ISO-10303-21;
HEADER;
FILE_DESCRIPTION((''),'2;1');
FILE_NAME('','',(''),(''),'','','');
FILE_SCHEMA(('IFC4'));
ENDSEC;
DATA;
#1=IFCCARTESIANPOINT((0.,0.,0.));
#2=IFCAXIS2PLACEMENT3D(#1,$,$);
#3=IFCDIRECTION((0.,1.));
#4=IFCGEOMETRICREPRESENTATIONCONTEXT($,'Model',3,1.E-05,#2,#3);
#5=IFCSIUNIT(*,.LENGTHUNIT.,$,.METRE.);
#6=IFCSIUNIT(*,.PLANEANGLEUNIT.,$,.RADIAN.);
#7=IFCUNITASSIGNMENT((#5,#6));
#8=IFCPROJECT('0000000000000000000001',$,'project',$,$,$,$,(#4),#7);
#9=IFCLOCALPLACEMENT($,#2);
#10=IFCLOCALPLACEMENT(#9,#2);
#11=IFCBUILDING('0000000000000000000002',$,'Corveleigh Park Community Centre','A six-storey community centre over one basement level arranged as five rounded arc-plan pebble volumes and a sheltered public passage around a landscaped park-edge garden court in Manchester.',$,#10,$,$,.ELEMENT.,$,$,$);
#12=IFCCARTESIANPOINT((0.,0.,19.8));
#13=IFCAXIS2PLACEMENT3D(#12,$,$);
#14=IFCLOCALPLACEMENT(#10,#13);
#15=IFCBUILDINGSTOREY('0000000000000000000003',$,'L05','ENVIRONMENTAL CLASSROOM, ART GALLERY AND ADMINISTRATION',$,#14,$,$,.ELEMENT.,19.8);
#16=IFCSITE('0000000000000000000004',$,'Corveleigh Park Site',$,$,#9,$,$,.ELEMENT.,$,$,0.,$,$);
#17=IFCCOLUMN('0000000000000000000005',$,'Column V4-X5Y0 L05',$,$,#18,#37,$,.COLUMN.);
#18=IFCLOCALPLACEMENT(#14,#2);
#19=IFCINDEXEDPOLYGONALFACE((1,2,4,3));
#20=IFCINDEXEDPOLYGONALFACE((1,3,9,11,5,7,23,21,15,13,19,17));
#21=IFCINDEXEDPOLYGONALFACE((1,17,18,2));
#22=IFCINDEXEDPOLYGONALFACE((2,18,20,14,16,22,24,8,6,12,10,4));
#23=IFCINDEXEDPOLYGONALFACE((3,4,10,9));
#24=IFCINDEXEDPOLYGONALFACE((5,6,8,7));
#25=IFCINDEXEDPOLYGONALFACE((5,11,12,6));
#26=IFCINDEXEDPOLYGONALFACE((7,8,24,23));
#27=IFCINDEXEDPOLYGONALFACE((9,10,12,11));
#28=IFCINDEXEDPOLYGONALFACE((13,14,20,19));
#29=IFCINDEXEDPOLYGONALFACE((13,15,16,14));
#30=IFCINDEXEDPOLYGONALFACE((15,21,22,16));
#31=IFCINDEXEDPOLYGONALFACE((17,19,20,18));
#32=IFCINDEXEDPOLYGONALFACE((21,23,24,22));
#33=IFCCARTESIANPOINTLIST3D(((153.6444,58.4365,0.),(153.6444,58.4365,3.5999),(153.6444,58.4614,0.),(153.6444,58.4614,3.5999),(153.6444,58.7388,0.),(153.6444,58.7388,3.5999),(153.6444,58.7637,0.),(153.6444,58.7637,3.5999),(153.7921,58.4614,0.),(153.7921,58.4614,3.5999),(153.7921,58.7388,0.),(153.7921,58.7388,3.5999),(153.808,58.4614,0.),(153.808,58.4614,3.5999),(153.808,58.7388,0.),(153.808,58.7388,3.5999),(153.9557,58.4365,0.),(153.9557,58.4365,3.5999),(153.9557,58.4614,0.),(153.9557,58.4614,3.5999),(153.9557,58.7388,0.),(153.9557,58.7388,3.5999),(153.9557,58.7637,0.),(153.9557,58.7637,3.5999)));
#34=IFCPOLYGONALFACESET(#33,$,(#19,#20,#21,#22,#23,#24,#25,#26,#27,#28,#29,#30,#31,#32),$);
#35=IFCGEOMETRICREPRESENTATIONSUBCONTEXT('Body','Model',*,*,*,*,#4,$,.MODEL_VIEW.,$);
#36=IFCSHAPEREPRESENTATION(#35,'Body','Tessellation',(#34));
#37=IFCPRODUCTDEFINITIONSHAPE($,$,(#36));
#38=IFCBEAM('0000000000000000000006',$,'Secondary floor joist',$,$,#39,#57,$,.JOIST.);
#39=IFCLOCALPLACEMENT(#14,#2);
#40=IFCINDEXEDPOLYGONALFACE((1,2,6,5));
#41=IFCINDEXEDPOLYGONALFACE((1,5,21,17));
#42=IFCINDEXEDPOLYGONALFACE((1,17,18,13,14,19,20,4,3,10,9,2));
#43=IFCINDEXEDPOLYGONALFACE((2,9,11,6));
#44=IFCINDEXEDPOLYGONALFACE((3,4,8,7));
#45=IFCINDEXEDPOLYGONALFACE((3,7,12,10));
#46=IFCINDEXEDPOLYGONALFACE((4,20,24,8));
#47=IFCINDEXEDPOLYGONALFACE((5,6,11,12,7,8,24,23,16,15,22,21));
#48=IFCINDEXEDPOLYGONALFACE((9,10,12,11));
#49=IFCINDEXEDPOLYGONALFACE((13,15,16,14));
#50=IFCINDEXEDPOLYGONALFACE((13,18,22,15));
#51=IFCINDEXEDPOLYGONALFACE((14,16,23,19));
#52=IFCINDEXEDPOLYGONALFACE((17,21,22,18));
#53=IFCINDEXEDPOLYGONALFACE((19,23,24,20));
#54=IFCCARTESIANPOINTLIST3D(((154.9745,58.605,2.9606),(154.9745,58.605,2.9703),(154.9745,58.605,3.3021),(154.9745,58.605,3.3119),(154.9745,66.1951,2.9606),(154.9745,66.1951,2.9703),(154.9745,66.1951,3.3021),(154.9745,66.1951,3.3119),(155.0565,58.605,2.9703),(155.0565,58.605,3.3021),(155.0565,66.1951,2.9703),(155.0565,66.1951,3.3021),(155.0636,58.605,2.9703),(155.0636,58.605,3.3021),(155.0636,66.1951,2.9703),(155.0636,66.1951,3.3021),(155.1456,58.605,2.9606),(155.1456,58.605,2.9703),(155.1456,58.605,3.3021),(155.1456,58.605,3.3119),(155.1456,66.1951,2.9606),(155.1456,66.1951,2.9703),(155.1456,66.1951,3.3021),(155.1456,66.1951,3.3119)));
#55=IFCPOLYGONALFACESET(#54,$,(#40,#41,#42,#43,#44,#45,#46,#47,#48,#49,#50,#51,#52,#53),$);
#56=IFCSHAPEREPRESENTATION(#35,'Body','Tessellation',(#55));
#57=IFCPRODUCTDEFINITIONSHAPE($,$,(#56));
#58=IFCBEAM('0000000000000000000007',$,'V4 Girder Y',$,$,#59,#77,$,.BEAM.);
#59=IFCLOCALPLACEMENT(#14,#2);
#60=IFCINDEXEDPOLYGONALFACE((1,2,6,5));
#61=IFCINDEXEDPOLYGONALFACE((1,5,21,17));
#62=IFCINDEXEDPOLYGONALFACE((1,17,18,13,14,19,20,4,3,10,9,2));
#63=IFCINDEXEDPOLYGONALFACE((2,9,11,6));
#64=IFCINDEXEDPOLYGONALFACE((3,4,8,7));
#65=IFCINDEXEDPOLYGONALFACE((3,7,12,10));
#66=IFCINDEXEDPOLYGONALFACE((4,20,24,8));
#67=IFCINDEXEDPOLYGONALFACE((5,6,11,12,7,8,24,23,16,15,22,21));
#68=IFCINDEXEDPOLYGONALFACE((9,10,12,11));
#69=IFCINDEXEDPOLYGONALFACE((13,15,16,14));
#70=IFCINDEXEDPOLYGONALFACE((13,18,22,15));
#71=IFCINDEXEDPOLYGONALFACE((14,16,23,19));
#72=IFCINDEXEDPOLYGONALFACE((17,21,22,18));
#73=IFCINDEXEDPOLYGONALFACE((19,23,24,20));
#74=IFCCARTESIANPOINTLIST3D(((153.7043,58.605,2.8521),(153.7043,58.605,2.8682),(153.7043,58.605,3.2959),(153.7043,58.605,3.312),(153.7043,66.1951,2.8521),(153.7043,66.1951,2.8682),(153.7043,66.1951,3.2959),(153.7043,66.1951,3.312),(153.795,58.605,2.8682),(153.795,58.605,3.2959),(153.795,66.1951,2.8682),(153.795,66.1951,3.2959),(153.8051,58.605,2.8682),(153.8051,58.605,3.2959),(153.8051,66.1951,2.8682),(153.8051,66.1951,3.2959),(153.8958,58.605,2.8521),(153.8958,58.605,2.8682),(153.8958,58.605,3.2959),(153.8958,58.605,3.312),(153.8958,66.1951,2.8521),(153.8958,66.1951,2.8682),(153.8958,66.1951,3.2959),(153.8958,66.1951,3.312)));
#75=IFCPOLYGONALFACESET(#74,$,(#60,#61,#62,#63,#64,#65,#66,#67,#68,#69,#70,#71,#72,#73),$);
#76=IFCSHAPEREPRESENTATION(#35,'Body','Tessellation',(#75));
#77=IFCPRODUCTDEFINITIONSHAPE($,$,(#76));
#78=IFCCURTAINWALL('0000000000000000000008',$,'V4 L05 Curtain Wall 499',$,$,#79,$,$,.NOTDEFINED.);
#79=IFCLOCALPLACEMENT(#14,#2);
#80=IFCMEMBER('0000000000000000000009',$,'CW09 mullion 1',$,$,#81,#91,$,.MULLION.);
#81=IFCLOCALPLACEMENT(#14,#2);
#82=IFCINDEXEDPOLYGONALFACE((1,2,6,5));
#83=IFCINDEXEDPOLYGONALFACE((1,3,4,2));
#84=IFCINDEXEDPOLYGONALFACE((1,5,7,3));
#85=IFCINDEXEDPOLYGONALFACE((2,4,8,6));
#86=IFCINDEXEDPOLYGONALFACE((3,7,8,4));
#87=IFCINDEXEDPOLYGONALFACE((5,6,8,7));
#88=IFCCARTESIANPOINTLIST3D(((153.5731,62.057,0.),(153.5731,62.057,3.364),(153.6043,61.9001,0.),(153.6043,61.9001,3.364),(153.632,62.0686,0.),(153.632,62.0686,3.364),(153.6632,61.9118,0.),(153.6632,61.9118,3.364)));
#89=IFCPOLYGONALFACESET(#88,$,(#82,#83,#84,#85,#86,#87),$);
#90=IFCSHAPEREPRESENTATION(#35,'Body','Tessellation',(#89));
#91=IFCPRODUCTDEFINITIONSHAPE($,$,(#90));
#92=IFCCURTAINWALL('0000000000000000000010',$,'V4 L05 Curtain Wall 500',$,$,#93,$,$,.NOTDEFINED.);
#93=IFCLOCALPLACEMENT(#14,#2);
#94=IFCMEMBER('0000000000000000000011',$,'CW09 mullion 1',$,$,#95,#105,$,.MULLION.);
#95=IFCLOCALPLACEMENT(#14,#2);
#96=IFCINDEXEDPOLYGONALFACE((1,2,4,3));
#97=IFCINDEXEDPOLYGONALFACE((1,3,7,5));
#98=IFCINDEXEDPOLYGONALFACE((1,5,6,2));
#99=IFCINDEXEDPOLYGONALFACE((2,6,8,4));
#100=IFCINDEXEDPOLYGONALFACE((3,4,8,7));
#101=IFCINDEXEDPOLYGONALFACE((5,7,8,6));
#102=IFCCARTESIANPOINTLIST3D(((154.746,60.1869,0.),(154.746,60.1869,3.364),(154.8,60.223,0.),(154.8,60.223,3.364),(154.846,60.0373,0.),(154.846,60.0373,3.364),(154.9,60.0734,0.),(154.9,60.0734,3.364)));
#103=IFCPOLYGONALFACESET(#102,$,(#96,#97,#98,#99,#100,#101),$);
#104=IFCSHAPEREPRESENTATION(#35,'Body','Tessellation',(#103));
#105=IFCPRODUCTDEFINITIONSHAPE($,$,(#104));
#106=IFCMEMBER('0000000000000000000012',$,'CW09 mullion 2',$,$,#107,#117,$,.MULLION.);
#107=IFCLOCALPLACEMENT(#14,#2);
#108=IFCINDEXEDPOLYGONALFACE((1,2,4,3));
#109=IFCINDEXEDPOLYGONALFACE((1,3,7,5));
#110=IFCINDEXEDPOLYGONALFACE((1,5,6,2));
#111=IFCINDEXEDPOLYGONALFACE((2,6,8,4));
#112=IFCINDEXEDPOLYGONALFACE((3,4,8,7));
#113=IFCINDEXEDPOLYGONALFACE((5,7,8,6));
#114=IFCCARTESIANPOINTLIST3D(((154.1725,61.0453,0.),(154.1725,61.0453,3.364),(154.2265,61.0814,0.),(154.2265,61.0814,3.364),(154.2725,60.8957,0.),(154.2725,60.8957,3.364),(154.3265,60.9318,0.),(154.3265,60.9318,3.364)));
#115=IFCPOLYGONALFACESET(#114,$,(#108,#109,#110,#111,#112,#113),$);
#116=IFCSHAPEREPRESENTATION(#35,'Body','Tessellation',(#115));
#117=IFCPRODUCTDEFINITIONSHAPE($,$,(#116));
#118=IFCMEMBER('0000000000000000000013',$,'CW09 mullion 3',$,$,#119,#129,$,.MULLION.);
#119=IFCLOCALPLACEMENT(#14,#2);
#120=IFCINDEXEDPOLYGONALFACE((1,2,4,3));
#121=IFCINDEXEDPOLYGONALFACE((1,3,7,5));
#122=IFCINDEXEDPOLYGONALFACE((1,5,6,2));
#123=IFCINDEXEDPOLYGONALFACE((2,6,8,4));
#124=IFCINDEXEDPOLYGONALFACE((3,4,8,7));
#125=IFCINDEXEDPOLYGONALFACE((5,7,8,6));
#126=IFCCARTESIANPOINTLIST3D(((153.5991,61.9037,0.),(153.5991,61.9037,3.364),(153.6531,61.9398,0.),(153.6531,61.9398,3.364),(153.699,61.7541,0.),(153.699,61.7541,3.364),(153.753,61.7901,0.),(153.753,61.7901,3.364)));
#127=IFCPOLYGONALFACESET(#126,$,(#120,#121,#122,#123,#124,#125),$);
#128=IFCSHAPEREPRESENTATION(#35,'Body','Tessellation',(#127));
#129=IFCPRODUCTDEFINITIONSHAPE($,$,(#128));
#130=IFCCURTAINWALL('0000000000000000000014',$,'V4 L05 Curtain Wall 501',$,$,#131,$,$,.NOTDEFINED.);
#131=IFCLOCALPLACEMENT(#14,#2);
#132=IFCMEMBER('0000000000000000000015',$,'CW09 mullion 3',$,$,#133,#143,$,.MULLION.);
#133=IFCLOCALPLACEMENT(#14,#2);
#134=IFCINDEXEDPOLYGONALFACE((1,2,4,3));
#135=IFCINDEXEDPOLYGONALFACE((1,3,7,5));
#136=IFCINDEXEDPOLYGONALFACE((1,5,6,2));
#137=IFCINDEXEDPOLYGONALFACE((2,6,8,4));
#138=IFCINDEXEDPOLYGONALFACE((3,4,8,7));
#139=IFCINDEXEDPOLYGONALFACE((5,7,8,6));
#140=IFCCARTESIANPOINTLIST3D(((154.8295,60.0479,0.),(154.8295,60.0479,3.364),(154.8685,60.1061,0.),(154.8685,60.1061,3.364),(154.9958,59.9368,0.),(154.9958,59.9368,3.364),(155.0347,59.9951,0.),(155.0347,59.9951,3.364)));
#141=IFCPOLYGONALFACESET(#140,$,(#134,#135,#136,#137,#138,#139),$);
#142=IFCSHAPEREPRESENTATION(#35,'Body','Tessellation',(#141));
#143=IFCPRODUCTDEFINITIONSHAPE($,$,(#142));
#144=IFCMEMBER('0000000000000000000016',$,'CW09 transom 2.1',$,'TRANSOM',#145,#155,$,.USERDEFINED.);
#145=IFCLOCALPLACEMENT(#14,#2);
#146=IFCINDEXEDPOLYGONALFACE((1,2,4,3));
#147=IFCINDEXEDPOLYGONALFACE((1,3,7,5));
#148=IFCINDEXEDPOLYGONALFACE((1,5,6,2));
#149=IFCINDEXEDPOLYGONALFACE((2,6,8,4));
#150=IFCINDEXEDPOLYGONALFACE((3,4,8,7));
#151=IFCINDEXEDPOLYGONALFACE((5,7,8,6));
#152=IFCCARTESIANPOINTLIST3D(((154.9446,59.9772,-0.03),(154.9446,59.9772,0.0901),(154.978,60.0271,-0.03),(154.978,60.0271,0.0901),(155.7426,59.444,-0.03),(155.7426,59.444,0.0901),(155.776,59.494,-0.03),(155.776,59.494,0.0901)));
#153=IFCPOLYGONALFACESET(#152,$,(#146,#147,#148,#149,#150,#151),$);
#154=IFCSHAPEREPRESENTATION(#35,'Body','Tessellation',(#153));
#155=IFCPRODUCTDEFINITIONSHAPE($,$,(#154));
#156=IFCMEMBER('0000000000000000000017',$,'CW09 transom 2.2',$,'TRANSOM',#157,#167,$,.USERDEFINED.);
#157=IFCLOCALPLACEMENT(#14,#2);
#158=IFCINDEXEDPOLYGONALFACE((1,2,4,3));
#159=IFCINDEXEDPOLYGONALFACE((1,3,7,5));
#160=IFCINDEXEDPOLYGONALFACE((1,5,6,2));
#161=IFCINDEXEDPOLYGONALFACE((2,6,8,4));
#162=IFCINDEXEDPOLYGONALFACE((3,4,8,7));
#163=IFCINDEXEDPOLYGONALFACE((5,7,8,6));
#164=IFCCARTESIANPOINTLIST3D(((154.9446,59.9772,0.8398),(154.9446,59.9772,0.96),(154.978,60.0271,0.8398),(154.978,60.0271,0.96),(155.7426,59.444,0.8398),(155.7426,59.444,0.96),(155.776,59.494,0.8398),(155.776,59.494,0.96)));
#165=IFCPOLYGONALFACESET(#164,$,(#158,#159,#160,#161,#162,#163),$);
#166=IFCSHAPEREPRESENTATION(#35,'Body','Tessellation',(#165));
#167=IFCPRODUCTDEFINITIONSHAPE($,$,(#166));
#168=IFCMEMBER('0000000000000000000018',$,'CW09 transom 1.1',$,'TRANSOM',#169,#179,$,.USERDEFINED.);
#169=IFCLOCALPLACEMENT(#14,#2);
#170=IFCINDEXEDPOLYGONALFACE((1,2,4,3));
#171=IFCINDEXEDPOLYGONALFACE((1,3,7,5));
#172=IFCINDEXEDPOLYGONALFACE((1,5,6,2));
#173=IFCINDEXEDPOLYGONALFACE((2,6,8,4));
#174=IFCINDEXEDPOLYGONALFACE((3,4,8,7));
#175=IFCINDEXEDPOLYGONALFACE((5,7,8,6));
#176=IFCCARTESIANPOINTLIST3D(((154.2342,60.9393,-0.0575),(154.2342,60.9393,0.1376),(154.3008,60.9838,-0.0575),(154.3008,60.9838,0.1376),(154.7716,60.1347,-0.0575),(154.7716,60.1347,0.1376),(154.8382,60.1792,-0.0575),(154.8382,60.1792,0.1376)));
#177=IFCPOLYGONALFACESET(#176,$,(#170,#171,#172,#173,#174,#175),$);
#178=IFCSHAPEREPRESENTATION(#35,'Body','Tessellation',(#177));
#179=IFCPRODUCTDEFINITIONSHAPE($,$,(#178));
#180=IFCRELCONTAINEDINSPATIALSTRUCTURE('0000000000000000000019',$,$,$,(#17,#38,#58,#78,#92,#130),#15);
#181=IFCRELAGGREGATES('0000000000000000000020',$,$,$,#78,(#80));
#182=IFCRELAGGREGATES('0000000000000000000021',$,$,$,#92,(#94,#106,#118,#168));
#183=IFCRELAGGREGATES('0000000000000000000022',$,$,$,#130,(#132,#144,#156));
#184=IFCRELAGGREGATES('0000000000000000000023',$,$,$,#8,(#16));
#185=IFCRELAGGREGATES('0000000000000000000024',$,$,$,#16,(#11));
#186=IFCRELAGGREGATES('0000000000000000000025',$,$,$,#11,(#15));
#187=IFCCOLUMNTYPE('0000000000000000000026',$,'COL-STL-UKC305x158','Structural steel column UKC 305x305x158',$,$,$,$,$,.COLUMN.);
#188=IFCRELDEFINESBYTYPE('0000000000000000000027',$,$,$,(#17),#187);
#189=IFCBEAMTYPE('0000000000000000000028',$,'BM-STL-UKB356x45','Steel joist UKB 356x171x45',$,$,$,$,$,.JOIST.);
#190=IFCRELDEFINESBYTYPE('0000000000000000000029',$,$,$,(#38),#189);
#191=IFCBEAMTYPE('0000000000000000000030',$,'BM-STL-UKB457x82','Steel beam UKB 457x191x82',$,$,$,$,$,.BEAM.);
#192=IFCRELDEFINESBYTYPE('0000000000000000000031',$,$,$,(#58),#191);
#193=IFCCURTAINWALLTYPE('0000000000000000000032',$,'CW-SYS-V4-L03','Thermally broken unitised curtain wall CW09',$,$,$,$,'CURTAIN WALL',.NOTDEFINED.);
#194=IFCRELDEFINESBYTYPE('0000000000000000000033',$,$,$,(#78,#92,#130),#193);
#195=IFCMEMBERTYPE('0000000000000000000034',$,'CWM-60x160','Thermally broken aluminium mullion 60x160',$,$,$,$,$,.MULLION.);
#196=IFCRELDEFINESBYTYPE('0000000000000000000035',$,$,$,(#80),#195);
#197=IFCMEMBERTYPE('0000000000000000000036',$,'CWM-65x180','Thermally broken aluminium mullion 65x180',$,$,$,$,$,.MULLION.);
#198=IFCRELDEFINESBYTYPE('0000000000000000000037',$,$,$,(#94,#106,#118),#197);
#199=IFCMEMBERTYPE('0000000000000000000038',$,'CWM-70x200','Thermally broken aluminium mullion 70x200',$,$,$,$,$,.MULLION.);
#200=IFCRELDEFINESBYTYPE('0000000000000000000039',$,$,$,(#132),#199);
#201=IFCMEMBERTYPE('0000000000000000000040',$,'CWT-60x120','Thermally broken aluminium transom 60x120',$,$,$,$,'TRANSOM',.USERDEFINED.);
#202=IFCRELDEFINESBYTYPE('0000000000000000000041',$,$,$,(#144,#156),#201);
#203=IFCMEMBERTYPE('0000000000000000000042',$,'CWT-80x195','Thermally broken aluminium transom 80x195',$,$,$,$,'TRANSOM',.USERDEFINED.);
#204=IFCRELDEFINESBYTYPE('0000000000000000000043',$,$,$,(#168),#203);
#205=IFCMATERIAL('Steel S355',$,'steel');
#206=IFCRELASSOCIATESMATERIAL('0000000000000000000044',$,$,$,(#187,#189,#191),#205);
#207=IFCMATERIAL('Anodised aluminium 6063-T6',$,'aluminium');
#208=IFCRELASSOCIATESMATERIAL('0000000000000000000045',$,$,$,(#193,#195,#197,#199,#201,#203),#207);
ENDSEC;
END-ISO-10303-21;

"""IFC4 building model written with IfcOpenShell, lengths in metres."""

from ifc_helpers import new_model, si_unit, direction, frame, origin, origin_2d, place, context, subcontext, project, spatial, rectangle, i_section, extrude, material, material_profile, profile_set, type_object, element, aggregate, save


model = new_model("IFC4")

# Units and contexts
model_context = context("Model", 3, precision=1e-05, world=origin(), true_north=direction((0.0, 1.0)))
body_context = subcontext(model_context, "Body", "Model", "MODEL_VIEW")
ifc_project = project(units=[si_unit("LENGTHUNIT", "METRE"), si_unit("PLANEANGLEUNIT", "RADIAN")], contexts=[model_context])

# Site, building, storey
site_placement = place(None, origin())
site = spatial("IfcSite", under=ifc_project, at=site_placement, Name="Corveleigh Park Site", CompositionType="ELEMENT", RefElevation=0.0)
building_placement = place(site_placement, origin())
building = spatial("IfcBuilding", under=site, at=building_placement, Name="Corveleigh Park Community Centre", Description="A six-storey community centre over one basement level arranged as five rounded arc-plan pebble volumes and a sheltered public passage around a landscaped park-edge garden court in Manchester.", CompositionType="ELEMENT")
storey_placement = place(building_placement, frame((0.0, 0.0, 19.8)))
storey = spatial("IfcBuildingStorey", under=building, at=storey_placement, Name="L05", Description="ENVIRONMENTAL CLASSROOM, ART GALLERY AND ADMINISTRATION", CompositionType="ELEMENT", Elevation=19.8)

# Column
ifc_material_1 = material(Name="Steel S355", Category="steel")
ifc_material_profile_1 = material_profile(ifc_material_1, i_section(OverallWidth=0.3113, OverallDepth=0.3271, WebThickness=0.0159, FlangeThickness=0.0249, at=origin_2d()), Name="UKC 305x305x158", Category="steel")
ifc_profile_set_1 = profile_set([ifc_material_profile_1], Name="Steel S355")
column_type = type_object("IfcColumnType", Name="COL-STL-UKC305x158", Description="Structural steel column UKC 305x305x158", PredefinedType="COLUMN", material=ifc_profile_set_1)
column_placement = place(storey_placement, frame((153.8, 58.6001, 0.0), z_axis=(0.0, 0.0, 1.0), x_axis=(1.0, 0.0, 0.0)))
element("IfcColumn", 1, at=column_placement, inside=storey, type_object=column_type, Name="Column V4-X5Y0 L05", PredefinedType="COLUMN", context=body_context, shape_type="SweptSolid", body=[
    extrude(i_section(OverallWidth=0.3113, OverallDepth=0.3271, WebThickness=0.0159, FlangeThickness=0.0249, at=origin_2d()), origin(), (0.0, 0.0, 1.0), 3.5999),
])

# Beams
ifc_material_profile_2 = material_profile(ifc_material_1, i_section(OverallWidth=0.1711, OverallDepth=0.3513, WebThickness=0.0071, FlangeThickness=0.0098, at=origin_2d()), Name="UKB 356x171x45", Category="steel")
ifc_profile_set_2 = profile_set([ifc_material_profile_2], Name="Steel S355")
beam_type_1 = type_object("IfcBeamType", Name="BM-STL-UKB356x45", Description="Steel joist UKB 356x171x45", PredefinedType="JOIST", material=ifc_profile_set_2)
beam_1_placement = place(storey_placement, frame((155.0601, 58.605, 3.1362), z_axis=(0.0, 1.0, 0.0), x_axis=(-1.0, 0.0, 0.0)))
element("IfcBeam", 2, at=beam_1_placement, inside=storey, type_object=beam_type_1, Name="Secondary floor joist", PredefinedType="JOIST", context=body_context, shape_type="SweptSolid", body=[
    extrude(i_section(OverallWidth=0.1711, OverallDepth=0.3513, WebThickness=0.0071, FlangeThickness=0.0098, at=origin_2d()), origin(), (0.0, 0.0, 1.0), 7.5901),
])
ifc_material_profile_3 = material_profile(ifc_material_1, i_section(OverallWidth=0.1914, OverallDepth=0.46, WebThickness=0.01, FlangeThickness=0.0161, at=origin_2d()), Name="UKB 457x191x82", Category="steel")
ifc_profile_set_3 = profile_set([ifc_material_profile_3], Name="Steel S355")
beam_type_2 = type_object("IfcBeamType", Name="BM-STL-UKB457x82", Description="Steel beam UKB 457x191x82", PredefinedType="BEAM", material=ifc_profile_set_3)
beam_2_placement = place(storey_placement, frame((153.8, 58.605, 3.082), z_axis=(0.0, 1.0, 0.0), x_axis=(-1.0, 0.0, 0.0)))
element("IfcBeam", 3, at=beam_2_placement, inside=storey, type_object=beam_type_2, Name="V4 Girder Y", PredefinedType="BEAM", context=body_context, shape_type="SweptSolid", body=[
    extrude(i_section(OverallWidth=0.1914, OverallDepth=0.46, WebThickness=0.01, FlangeThickness=0.0161, at=origin_2d()), origin(), (0.0, 0.0, 1.0), 7.5901),
])

# Curtain wall, member
ifc_material_2 = material(Name="Anodised aluminium 6063-T6", Category="aluminium")
curtain_wall_type = type_object("IfcCurtainWallType", Name="CW-SYS-V4-L03", Description="Thermally broken unitised curtain wall CW09", ElementType="CURTAIN WALL", PredefinedType="NOTDEFINED", material=ifc_material_2)
curtain_wall_1_placement = place(storey_placement, origin())
curtain_wall_1 = element("IfcCurtainWall", 4, at=curtain_wall_1_placement, inside=storey, type_object=curtain_wall_type, Name="V4 L05 Curtain Wall 499", PredefinedType="NOTDEFINED")
ifc_material_profile_4 = material_profile(ifc_material_2, rectangle(XDim=0.0601, YDim=0.1599, at=origin_2d()), Name="ALU-M60x160", Category="aluminium")
ifc_profile_set_4 = profile_set([ifc_material_profile_4], Name="Anodised aluminium 6063-T6")
member_type_1 = type_object("IfcMemberType", Name="CWM-60x160", Description="Thermally broken aluminium mullion 60x160", PredefinedType="MULLION", material=ifc_profile_set_4)
member_1_placement = place(storey_placement, frame((153.6182, 61.9844, 0.0), z_axis=(0.0, 0.0, 1.0), x_axis=(-0.980846, -0.194784, 0.0)))
member_1 = element("IfcMember", 5, at=member_1_placement, type_object=member_type_1, Name="CW09 mullion 1", PredefinedType="MULLION", context=body_context, shape_type="SweptSolid", body=[
    extrude(rectangle(XDim=0.0601, YDim=0.1599, at=origin_2d()), origin(), (0.0, 0.0, 1.0), 3.364),
])
aggregate(curtain_wall_1, [member_1])

# Curtain walls, members
curtain_wall_2_placement = place(storey_placement, origin())
curtain_wall_2 = element("IfcCurtainWall", 6, at=curtain_wall_2_placement, inside=storey, type_object=curtain_wall_type, Name="V4 L05 Curtain Wall 500", PredefinedType="NOTDEFINED")
ifc_material_profile_5 = material_profile(ifc_material_2, rectangle(XDim=0.0649, YDim=0.1799, at=origin_2d()), Name="ALU-M65x180", Category="aluminium")
ifc_profile_set_5 = profile_set([ifc_material_profile_5], Name="Anodised aluminium 6063-T6")
member_type_2 = type_object("IfcMemberType", Name="CWM-65x180", Description="Thermally broken aluminium mullion 65x180", PredefinedType="MULLION", material=ifc_profile_set_5)
member_2_placement = place(storey_placement, frame((154.823, 60.1301, 0.0), z_axis=(0.0, 0.0, 1.0), x_axis=(-0.831544, -0.555458, 0.0)))
member_2 = element("IfcMember", 7, at=member_2_placement, type_object=member_type_2, Name="CW09 mullion 1", PredefinedType="MULLION", context=body_context, shape_type="SweptSolid", body=[
    extrude(rectangle(XDim=0.0649, YDim=0.1799, at=origin_2d()), origin(), (0.0, 0.0, 1.0), 3.364),
])
member_3_placement = place(storey_placement, frame((154.2495, 60.9885, 0.0), z_axis=(0.0, 0.0, 1.0), x_axis=(-0.831544, -0.555458, 0.0)))
member_3 = element("IfcMember", 8, at=member_3_placement, type_object=member_type_2, Name="CW09 mullion 2", PredefinedType="MULLION", context=body_context, shape_type="SweptSolid", body=[
    extrude(rectangle(XDim=0.0649, YDim=0.1799, at=origin_2d()), origin(), (0.0, 0.0, 1.0), 3.364),
])
member_4_placement = place(storey_placement, frame((153.676, 61.8469, 0.0), z_axis=(0.0, 0.0, 1.0), x_axis=(-0.831544, -0.555458, 0.0)))
member_4 = element("IfcMember", 9, at=member_4_placement, type_object=member_type_2, Name="CW09 mullion 3", PredefinedType="MULLION", context=body_context, shape_type="SweptSolid", body=[
    extrude(rectangle(XDim=0.0649, YDim=0.1799, at=origin_2d()), origin(), (0.0, 0.0, 1.0), 3.364),
])
curtain_wall_3_placement = place(storey_placement, origin())
curtain_wall_3 = element("IfcCurtainWall", 10, at=curtain_wall_3_placement, inside=storey, type_object=curtain_wall_type, Name="V4 L05 Curtain Wall 501", PredefinedType="NOTDEFINED")
ifc_material_profile_6 = material_profile(ifc_material_2, rectangle(XDim=0.0701, YDim=0.2, at=origin_2d()), Name="ALU-M70x200", Category="aluminium")
ifc_profile_set_6 = profile_set([ifc_material_profile_6], Name="Anodised aluminium 6063-T6")
member_type_3 = type_object("IfcMemberType", Name="CWM-70x200", Description="Thermally broken aluminium mullion 70x200", PredefinedType="MULLION", material=ifc_profile_set_6)
member_5_placement = place(storey_placement, frame((154.9321, 60.0215, 0.0), z_axis=(0.0, 0.0, 1.0), x_axis=(-0.555458, -0.831544, 0.0)))
member_5 = element("IfcMember", 11, at=member_5_placement, type_object=member_type_3, Name="CW09 mullion 3", PredefinedType="MULLION", context=body_context, shape_type="SweptSolid", body=[
    extrude(rectangle(XDim=0.0701, YDim=0.2, at=origin_2d()), origin(), (0.0, 0.0, 1.0), 3.364),
])
ifc_material_profile_7 = material_profile(ifc_material_2, rectangle(XDim=0.0601, YDim=0.1201, at=origin_2d()), Name="ALU-T60x120", Category="aluminium")
ifc_profile_set_7 = profile_set([ifc_material_profile_7], Name="Anodised aluminium 6063-T6")
member_type_4 = type_object("IfcMemberType", Name="CWT-60x120", Description="Thermally broken aluminium transom 60x120", ElementType="TRANSOM", PredefinedType="USERDEFINED", material=ifc_profile_set_7)
member_6_placement = place(storey_placement, frame((155.7593, 59.469, 0.03), z_axis=(-0.831502, 0.555522, 0.0), x_axis=(-0.555522, -0.831502, 0.0)))
member_6 = element("IfcMember", 12, at=member_6_placement, type_object=member_type_4, Name="CW09 transom 2.1", ObjectType="TRANSOM", PredefinedType="USERDEFINED", context=body_context, shape_type="SweptSolid", body=[
    extrude(rectangle(XDim=0.0601, YDim=0.1201, at=origin_2d()), origin(), (0.0, 0.0, 1.0), 0.9597),
])
member_7_placement = place(storey_placement, frame((155.7593, 59.469, 0.8999), z_axis=(-0.831502, 0.555522, 0.0), x_axis=(-0.555522, -0.831502, 0.0)))
member_7 = element("IfcMember", 13, at=member_7_placement, type_object=member_type_4, Name="CW09 transom 2.2", ObjectType="TRANSOM", PredefinedType="USERDEFINED", context=body_context, shape_type="SweptSolid", body=[
    extrude(rectangle(XDim=0.0601, YDim=0.1201, at=origin_2d()), origin(), (0.0, 0.0, 1.0), 0.9597),
])

# Member
ifc_material_profile_8 = material_profile(ifc_material_2, rectangle(XDim=0.0801, YDim=0.1951, at=origin_2d()), Name="ALU-T80x195", Category="aluminium")
ifc_profile_set_8 = profile_set([ifc_material_profile_8], Name="Anodised aluminium 6063-T6")
member_type_5 = type_object("IfcMemberType", Name="CWT-80x195", Description="Thermally broken aluminium transom 80x195", ElementType="TRANSOM", PredefinedType="USERDEFINED", material=ifc_profile_set_8)
member_8_placement = place(storey_placement, frame((154.8049, 60.157, 0.04), z_axis=(-0.555457, 0.831545, 0.0), x_axis=(-0.831545, -0.555457, 0.0)))
member_8 = element("IfcMember", 14, at=member_8_placement, type_object=member_type_5, Name="CW09 transom 1.1", ObjectType="TRANSOM", PredefinedType="USERDEFINED", context=body_context, shape_type="SweptSolid", body=[
    extrude(rectangle(XDim=0.0801, YDim=0.1951, at=origin_2d()), origin(), (0.0, 0.0, 1.0), 0.9675),
])

aggregate(curtain_wall_2, [member_2, member_3, member_4, member_8])
aggregate(curtain_wall_3, [member_5, member_6, member_7])

save(model, "model.ifc")
